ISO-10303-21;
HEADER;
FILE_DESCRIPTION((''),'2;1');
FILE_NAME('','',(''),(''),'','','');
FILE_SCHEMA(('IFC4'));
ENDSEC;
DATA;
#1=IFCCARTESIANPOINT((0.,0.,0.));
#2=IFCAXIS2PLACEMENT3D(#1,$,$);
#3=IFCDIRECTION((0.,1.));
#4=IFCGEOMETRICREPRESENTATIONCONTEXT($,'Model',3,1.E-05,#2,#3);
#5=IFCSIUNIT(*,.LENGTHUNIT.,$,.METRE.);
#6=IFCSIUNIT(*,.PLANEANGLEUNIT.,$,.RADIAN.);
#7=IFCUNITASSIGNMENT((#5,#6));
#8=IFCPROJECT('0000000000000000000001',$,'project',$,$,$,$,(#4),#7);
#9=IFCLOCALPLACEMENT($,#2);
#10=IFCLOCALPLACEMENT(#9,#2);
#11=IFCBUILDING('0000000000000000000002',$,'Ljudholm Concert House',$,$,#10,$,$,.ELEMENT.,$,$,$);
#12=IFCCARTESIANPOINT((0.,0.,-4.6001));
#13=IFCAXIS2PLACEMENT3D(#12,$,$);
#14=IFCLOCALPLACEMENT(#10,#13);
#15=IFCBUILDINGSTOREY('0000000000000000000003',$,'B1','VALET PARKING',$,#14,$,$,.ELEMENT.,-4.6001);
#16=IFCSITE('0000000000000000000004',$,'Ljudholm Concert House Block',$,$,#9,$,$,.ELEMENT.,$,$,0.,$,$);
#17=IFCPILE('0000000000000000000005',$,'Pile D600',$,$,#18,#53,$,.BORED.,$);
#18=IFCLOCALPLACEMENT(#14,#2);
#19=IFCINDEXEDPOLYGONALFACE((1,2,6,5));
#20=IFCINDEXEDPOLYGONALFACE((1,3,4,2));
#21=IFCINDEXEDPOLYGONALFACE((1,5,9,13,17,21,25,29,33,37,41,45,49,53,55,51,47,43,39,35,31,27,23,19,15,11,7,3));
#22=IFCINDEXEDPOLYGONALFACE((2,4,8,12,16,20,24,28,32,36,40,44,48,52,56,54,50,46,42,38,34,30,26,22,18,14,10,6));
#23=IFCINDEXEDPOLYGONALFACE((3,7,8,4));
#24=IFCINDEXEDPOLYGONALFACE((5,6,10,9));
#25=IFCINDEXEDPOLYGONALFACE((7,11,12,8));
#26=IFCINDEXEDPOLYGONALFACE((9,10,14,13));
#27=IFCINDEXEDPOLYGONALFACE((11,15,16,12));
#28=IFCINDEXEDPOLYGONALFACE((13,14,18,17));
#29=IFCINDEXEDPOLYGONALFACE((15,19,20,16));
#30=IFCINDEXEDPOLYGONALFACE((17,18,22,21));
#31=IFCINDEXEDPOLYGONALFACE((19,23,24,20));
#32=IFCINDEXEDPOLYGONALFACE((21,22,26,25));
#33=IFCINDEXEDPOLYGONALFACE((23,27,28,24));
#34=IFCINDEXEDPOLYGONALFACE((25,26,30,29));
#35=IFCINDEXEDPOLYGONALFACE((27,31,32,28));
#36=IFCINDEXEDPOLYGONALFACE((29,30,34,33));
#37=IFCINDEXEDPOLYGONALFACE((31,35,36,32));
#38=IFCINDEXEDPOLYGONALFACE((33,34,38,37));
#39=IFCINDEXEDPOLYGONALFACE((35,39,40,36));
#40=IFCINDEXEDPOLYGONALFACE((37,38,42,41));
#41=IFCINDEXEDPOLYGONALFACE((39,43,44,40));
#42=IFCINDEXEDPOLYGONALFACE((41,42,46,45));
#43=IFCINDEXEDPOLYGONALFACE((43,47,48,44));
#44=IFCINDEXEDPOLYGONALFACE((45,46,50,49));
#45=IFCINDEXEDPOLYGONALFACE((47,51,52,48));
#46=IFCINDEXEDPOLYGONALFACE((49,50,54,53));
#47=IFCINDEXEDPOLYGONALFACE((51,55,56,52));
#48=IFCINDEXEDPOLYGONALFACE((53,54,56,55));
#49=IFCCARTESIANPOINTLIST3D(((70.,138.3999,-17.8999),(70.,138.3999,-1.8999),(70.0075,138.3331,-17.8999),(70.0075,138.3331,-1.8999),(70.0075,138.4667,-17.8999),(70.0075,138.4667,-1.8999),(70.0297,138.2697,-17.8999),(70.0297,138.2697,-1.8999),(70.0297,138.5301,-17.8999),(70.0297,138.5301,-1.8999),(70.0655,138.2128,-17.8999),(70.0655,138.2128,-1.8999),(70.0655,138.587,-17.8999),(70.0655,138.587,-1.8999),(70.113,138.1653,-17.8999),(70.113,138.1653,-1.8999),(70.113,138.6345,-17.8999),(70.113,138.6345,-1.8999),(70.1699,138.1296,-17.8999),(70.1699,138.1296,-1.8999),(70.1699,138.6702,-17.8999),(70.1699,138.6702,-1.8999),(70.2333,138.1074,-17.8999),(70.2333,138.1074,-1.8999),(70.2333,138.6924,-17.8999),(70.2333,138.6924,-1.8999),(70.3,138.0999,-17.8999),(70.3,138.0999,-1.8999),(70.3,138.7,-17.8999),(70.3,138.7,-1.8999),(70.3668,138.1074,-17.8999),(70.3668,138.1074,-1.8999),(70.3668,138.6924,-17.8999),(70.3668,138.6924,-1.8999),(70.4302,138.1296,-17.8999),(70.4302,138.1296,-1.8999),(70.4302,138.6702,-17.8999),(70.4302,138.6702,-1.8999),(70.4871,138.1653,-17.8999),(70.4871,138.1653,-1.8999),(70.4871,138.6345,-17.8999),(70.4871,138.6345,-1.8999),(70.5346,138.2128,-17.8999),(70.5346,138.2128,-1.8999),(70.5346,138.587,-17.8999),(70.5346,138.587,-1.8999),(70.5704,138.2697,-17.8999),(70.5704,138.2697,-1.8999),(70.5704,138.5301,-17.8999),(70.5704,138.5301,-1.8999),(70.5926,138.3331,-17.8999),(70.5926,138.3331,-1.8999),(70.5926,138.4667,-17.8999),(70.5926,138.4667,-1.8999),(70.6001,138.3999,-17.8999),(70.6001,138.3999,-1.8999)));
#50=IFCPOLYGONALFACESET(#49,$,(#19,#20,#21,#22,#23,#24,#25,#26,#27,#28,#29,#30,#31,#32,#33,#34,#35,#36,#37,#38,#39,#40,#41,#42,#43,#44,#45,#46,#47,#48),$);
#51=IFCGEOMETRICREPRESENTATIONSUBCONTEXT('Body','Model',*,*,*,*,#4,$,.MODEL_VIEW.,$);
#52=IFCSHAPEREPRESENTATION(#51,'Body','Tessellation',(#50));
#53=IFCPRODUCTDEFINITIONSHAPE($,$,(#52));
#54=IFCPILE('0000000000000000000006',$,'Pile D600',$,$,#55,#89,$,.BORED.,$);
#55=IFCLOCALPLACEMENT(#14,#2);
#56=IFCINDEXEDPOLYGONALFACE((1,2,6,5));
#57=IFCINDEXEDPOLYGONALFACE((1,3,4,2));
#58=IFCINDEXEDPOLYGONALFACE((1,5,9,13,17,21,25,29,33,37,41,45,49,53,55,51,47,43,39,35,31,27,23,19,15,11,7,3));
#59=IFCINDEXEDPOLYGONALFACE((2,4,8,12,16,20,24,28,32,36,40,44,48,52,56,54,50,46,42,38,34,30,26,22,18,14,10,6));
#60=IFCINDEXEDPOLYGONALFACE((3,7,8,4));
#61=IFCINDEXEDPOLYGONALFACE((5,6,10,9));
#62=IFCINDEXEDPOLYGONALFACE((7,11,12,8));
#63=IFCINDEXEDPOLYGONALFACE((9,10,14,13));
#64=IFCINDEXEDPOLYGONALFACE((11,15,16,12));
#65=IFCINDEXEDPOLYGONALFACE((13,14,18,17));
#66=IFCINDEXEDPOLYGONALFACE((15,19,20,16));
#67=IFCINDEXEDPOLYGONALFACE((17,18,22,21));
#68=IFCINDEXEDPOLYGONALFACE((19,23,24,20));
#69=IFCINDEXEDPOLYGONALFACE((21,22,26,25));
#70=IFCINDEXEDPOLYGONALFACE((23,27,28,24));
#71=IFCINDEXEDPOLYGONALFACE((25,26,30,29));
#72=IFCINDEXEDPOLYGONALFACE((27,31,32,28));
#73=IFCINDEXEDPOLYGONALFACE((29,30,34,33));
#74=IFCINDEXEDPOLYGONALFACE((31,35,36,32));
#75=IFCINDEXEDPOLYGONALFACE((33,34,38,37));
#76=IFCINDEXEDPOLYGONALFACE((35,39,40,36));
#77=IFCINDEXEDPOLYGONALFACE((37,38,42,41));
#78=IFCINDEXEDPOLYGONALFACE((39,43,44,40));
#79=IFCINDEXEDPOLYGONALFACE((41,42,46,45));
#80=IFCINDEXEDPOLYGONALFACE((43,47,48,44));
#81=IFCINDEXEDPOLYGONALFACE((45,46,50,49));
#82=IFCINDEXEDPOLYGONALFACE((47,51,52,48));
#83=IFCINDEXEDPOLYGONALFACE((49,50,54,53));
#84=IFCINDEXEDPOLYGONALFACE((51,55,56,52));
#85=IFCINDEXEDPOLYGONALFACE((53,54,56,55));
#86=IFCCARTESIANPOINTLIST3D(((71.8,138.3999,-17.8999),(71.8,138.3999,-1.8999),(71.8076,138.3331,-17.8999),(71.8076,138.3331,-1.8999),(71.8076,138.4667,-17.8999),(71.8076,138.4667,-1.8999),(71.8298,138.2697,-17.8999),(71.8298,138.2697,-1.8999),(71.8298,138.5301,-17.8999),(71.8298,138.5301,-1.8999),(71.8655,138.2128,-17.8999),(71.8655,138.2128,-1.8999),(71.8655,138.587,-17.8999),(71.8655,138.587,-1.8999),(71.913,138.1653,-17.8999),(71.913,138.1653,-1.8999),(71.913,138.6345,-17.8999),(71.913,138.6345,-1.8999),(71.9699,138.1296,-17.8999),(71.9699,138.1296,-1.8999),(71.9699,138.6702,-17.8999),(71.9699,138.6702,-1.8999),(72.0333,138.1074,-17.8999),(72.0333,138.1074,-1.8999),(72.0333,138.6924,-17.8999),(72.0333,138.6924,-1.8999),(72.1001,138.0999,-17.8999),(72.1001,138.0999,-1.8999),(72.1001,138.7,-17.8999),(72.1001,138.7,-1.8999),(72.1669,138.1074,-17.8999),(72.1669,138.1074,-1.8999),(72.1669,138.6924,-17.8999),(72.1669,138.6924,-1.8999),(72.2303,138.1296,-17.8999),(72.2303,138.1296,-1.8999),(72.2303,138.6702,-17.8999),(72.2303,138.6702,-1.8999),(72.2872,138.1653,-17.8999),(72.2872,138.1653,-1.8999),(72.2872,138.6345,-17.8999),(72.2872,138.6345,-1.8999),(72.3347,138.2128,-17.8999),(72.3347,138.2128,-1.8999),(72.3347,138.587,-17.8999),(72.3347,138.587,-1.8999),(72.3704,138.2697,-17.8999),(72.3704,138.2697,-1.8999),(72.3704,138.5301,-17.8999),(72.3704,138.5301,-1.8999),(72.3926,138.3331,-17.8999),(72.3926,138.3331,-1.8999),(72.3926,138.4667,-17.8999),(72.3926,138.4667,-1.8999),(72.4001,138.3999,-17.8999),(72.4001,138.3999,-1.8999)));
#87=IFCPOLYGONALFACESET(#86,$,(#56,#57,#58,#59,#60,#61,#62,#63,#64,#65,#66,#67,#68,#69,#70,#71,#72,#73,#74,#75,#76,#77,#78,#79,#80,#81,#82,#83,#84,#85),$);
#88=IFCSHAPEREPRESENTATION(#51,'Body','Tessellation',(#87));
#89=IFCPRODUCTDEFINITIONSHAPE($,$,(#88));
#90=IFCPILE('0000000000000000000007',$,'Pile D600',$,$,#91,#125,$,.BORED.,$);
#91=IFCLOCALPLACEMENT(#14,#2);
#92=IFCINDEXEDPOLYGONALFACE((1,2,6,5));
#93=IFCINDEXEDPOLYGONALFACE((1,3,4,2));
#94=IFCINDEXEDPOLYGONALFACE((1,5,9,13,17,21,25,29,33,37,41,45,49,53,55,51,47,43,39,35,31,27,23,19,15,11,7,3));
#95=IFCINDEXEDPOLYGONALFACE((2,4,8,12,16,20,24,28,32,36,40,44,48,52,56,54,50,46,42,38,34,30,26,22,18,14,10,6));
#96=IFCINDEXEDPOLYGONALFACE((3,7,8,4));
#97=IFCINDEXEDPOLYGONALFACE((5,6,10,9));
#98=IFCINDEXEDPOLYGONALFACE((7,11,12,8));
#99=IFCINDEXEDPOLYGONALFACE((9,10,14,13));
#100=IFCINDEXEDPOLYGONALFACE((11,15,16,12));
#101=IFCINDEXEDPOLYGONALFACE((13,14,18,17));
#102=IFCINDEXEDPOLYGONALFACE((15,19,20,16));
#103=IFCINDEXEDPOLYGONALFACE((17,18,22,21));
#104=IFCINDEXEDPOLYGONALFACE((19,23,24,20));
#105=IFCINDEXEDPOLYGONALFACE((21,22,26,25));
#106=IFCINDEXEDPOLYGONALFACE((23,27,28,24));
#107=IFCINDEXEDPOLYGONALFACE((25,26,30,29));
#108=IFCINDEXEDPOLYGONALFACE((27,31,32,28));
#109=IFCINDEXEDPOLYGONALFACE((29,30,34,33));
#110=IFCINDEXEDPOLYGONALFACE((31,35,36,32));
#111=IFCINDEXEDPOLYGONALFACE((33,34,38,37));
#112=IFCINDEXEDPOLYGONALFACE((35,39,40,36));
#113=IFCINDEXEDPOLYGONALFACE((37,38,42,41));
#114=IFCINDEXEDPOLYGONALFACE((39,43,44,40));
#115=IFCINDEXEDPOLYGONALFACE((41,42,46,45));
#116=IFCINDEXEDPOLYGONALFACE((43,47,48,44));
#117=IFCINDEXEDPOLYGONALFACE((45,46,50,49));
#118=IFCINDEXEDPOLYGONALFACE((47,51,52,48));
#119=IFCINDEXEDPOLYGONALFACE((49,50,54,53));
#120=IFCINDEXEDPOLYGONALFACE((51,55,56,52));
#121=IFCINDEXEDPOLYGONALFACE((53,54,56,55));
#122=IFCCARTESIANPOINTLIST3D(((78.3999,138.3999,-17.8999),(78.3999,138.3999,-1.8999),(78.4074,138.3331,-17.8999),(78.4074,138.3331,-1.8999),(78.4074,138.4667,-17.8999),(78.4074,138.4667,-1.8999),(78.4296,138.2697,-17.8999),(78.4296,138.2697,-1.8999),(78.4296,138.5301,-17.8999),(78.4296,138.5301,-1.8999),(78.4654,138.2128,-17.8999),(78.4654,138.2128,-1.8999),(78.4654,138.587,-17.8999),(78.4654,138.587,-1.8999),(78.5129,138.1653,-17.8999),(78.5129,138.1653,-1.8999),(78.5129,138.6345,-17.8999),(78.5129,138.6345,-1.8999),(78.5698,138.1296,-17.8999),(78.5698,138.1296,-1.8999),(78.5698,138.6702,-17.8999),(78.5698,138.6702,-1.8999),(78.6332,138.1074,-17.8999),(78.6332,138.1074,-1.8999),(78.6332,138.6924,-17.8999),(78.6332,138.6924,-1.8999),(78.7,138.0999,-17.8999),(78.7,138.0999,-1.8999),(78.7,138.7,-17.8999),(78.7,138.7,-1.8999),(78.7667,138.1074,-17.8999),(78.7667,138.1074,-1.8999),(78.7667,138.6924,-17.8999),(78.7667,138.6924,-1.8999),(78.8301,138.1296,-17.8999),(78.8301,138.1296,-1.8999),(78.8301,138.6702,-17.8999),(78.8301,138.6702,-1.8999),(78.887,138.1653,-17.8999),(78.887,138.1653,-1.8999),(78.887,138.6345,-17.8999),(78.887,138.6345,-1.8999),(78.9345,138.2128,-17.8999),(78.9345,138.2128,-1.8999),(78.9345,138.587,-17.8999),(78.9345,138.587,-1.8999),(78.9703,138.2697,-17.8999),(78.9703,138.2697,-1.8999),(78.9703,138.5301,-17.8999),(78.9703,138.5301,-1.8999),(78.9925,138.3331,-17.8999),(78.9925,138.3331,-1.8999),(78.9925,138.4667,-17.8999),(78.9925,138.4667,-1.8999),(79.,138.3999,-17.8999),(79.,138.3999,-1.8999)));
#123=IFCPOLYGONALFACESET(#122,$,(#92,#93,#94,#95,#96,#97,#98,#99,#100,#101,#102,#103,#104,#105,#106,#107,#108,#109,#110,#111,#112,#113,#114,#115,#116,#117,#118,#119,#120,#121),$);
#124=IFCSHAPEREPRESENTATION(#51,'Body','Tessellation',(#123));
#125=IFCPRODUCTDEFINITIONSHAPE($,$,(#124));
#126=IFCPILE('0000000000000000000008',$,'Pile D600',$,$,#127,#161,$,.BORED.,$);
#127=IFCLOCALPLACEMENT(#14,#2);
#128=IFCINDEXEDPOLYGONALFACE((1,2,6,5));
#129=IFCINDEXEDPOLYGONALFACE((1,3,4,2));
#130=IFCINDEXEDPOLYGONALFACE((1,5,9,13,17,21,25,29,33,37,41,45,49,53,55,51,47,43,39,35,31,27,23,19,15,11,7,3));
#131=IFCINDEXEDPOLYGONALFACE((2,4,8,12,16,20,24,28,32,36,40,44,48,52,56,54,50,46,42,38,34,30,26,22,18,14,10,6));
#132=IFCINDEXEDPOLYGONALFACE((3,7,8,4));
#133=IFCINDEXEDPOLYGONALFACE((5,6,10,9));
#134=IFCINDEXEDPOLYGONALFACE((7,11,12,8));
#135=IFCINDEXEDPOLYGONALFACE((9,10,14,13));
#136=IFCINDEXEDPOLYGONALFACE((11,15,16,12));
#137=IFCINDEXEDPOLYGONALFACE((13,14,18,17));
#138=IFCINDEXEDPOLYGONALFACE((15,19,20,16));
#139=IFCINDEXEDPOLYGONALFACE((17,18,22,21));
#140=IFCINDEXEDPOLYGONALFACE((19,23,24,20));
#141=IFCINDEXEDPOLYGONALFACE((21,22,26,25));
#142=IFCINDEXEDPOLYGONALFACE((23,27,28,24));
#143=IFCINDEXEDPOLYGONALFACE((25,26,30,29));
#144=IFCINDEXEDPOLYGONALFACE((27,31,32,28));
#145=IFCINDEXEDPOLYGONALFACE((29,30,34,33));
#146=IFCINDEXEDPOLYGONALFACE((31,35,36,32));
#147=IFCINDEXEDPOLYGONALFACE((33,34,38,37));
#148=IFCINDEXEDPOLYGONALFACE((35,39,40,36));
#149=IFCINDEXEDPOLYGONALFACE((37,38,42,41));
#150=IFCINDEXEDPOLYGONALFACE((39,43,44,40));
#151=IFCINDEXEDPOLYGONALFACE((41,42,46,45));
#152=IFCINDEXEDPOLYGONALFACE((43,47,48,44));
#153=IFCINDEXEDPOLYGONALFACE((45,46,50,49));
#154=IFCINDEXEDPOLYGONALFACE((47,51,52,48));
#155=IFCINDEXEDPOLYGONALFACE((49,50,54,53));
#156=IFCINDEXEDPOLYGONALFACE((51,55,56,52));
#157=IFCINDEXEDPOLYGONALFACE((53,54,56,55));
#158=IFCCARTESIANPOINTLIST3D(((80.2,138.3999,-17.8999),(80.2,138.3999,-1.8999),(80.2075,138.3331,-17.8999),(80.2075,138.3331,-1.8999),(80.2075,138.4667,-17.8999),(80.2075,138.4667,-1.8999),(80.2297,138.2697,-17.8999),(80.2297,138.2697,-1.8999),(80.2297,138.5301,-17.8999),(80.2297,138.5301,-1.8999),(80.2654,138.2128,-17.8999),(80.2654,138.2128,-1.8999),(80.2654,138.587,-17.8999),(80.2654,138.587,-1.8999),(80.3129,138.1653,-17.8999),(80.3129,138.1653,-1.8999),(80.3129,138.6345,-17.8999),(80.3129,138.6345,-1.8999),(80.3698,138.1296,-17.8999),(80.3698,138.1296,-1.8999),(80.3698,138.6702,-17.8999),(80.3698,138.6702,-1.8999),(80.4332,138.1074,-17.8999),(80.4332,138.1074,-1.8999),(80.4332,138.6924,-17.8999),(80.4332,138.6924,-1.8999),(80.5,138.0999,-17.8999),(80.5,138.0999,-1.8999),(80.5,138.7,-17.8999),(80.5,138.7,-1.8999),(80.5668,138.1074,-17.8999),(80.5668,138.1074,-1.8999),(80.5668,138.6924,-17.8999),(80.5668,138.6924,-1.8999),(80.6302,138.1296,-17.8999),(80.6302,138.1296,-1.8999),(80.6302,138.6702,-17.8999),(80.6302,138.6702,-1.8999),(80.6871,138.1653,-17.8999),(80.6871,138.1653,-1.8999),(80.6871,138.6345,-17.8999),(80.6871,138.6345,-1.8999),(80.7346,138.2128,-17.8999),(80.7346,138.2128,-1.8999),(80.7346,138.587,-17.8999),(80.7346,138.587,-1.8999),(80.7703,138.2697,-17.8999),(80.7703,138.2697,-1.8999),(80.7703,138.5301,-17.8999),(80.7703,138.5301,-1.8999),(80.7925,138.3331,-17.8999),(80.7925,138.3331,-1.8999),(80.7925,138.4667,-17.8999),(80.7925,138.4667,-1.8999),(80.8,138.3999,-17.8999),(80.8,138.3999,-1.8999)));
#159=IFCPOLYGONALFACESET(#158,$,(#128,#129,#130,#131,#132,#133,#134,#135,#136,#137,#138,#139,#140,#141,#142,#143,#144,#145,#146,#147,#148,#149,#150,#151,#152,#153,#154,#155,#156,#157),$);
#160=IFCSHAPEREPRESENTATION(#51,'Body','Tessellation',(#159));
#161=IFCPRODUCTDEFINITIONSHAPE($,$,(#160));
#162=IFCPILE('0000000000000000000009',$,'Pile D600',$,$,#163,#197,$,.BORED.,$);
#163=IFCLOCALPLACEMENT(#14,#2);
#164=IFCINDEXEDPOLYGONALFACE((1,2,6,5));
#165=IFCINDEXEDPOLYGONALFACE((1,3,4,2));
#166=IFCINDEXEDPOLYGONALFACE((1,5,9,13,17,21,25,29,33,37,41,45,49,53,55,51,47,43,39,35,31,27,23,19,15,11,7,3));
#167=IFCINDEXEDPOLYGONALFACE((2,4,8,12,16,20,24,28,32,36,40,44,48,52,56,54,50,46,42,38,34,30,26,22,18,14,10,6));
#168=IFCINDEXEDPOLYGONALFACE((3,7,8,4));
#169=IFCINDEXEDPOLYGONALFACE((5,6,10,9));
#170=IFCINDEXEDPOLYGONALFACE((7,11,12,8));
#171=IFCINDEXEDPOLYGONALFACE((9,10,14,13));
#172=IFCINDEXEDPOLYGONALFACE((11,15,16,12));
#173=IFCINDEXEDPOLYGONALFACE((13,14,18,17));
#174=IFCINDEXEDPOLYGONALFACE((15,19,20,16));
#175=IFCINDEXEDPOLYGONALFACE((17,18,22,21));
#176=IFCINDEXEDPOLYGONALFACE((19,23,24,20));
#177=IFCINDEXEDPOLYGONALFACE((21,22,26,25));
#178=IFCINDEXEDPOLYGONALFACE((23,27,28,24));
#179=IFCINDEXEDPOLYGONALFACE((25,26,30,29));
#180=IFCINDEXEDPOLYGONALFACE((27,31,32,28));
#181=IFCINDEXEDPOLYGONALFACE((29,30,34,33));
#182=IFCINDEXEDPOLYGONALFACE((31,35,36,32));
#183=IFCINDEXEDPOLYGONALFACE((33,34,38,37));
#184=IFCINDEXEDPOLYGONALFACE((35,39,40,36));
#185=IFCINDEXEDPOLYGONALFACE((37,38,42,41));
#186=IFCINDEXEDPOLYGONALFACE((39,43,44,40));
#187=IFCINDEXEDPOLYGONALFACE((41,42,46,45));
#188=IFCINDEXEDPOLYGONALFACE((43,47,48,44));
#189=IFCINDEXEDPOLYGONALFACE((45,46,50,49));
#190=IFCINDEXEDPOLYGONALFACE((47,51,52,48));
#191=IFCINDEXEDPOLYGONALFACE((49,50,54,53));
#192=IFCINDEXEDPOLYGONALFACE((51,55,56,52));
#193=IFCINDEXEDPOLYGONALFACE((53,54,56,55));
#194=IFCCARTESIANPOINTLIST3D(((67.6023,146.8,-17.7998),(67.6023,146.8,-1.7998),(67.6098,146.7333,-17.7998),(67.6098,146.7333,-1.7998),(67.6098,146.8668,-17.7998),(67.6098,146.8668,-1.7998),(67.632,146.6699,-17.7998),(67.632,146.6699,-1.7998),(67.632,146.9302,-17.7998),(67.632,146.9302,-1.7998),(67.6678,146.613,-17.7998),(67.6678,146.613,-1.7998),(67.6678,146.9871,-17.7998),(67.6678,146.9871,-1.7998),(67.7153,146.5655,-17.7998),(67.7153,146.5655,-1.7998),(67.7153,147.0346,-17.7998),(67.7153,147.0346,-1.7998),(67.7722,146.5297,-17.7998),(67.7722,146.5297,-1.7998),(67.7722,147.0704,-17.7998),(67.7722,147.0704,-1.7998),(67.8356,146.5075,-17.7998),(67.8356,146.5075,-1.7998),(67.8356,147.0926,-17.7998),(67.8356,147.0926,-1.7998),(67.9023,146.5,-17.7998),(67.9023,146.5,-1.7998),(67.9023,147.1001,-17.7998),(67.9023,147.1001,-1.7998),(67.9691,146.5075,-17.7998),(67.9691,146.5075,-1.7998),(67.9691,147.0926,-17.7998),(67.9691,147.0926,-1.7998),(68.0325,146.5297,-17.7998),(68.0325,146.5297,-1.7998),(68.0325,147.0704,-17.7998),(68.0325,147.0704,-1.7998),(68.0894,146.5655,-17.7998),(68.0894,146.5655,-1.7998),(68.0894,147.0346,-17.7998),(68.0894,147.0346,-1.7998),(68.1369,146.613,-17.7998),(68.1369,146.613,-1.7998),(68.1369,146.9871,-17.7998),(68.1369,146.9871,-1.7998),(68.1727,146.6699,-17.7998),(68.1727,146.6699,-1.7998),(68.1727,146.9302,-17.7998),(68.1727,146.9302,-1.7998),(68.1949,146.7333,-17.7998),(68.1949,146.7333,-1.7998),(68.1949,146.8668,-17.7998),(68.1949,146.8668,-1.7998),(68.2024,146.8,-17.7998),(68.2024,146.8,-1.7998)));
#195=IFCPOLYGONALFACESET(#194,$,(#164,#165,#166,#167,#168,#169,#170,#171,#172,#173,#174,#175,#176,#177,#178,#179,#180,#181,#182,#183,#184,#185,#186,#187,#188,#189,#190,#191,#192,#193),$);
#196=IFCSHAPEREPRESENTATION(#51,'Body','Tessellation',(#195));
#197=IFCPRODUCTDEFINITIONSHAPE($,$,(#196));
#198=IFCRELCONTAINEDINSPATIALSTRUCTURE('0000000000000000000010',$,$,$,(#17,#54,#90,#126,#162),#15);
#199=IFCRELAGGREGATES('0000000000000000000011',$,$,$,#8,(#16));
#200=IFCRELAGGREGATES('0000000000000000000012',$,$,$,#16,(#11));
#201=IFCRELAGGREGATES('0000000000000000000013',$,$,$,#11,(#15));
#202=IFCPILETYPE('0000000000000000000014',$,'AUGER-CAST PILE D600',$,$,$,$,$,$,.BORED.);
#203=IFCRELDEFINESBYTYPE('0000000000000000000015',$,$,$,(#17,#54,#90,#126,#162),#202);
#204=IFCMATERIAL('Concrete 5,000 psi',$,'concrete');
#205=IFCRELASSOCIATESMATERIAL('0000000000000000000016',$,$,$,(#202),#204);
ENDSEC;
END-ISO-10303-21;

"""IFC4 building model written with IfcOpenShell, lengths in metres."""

from ifc_helpers import new_model, si_unit, direction, frame, origin, origin_2d, place, context, subcontext, project, spatial, circle, extrude, material, material_profile, profile_set, type_object, element, save


model = new_model("IFC4")

# Units and contexts
model_context = context("Model", 3, precision=1e-05, world=origin(), true_north=direction((0.0, 1.0)))
body_context = subcontext(model_context, "Body", "Model", "MODEL_VIEW")
ifc_project = project(units=[si_unit("LENGTHUNIT", "METRE"), si_unit("PLANEANGLEUNIT", "RADIAN")], contexts=[model_context])

# Site, building, storey
site_placement = place(None, origin())
site = spatial("IfcSite", under=ifc_project, at=site_placement, Name="Ljudholm Concert House Block", CompositionType="ELEMENT", RefElevation=0.0)
building_placement = place(site_placement, origin())
building = spatial("IfcBuilding", under=site, at=building_placement, Name="Ljudholm Concert House", CompositionType="ELEMENT")
storey_placement = place(building_placement, frame((0.0, 0.0, -4.6001)))
storey = spatial("IfcBuildingStorey", under=building, at=storey_placement, Name="B1", Description="VALET PARKING", CompositionType="ELEMENT", Elevation=-4.6001)

# Piles
ifc_material_1 = material(Name="Concrete 5,000 psi", Category="concrete")
ifc_material_profile_1 = material_profile(ifc_material_1, circle(Radius=0.3, at=origin_2d()), Name="AUGER-CAST PILE D600")
ifc_profile_set_1 = profile_set([ifc_material_profile_1], Name="Concrete 5,000 psi")
pile_type = type_object("IfcPileType", Name="AUGER-CAST PILE D600", PredefinedType="BORED", material=ifc_profile_set_1)
for number, where, z_axis, x_axis, name in (
    (1, (70.3, 138.3999, -1.8999), (0.0, 0.0, -1.0), (1.0, 0.0, 0.0), "Pile D600"),
    (2, (72.1001, 138.3999, -1.8999), (0.0, 0.0, -1.0), (1.0, 0.0, 0.0), "Pile D600"),
    (3, (78.7, 138.3999, -1.8999), (0.0, 0.0, -1.0), (1.0, 0.0, 0.0), "Pile D600"),
    (4, (80.5, 138.3999, -1.8999), (0.0, 0.0, -1.0), (1.0, 0.0, 0.0), "Pile D600"),
    (5, (67.9023, 146.8, -1.7998), (0.0, 0.0, -1.0), (1.0, 0.0, 0.0), "Pile D600"),
):
    element("IfcPile", number, at=place(storey_placement, frame(where, z_axis=z_axis, x_axis=x_axis)), inside=storey, type_object=pile_type, Name=name, PredefinedType="BORED", context=body_context, shape_type="SweptSolid", body=[
        extrude(circle(Radius=0.3, at=origin_2d()), origin(), (0.0, 0.0, 1.0), 16.0),
    ])

save(model, "model.ifc")
